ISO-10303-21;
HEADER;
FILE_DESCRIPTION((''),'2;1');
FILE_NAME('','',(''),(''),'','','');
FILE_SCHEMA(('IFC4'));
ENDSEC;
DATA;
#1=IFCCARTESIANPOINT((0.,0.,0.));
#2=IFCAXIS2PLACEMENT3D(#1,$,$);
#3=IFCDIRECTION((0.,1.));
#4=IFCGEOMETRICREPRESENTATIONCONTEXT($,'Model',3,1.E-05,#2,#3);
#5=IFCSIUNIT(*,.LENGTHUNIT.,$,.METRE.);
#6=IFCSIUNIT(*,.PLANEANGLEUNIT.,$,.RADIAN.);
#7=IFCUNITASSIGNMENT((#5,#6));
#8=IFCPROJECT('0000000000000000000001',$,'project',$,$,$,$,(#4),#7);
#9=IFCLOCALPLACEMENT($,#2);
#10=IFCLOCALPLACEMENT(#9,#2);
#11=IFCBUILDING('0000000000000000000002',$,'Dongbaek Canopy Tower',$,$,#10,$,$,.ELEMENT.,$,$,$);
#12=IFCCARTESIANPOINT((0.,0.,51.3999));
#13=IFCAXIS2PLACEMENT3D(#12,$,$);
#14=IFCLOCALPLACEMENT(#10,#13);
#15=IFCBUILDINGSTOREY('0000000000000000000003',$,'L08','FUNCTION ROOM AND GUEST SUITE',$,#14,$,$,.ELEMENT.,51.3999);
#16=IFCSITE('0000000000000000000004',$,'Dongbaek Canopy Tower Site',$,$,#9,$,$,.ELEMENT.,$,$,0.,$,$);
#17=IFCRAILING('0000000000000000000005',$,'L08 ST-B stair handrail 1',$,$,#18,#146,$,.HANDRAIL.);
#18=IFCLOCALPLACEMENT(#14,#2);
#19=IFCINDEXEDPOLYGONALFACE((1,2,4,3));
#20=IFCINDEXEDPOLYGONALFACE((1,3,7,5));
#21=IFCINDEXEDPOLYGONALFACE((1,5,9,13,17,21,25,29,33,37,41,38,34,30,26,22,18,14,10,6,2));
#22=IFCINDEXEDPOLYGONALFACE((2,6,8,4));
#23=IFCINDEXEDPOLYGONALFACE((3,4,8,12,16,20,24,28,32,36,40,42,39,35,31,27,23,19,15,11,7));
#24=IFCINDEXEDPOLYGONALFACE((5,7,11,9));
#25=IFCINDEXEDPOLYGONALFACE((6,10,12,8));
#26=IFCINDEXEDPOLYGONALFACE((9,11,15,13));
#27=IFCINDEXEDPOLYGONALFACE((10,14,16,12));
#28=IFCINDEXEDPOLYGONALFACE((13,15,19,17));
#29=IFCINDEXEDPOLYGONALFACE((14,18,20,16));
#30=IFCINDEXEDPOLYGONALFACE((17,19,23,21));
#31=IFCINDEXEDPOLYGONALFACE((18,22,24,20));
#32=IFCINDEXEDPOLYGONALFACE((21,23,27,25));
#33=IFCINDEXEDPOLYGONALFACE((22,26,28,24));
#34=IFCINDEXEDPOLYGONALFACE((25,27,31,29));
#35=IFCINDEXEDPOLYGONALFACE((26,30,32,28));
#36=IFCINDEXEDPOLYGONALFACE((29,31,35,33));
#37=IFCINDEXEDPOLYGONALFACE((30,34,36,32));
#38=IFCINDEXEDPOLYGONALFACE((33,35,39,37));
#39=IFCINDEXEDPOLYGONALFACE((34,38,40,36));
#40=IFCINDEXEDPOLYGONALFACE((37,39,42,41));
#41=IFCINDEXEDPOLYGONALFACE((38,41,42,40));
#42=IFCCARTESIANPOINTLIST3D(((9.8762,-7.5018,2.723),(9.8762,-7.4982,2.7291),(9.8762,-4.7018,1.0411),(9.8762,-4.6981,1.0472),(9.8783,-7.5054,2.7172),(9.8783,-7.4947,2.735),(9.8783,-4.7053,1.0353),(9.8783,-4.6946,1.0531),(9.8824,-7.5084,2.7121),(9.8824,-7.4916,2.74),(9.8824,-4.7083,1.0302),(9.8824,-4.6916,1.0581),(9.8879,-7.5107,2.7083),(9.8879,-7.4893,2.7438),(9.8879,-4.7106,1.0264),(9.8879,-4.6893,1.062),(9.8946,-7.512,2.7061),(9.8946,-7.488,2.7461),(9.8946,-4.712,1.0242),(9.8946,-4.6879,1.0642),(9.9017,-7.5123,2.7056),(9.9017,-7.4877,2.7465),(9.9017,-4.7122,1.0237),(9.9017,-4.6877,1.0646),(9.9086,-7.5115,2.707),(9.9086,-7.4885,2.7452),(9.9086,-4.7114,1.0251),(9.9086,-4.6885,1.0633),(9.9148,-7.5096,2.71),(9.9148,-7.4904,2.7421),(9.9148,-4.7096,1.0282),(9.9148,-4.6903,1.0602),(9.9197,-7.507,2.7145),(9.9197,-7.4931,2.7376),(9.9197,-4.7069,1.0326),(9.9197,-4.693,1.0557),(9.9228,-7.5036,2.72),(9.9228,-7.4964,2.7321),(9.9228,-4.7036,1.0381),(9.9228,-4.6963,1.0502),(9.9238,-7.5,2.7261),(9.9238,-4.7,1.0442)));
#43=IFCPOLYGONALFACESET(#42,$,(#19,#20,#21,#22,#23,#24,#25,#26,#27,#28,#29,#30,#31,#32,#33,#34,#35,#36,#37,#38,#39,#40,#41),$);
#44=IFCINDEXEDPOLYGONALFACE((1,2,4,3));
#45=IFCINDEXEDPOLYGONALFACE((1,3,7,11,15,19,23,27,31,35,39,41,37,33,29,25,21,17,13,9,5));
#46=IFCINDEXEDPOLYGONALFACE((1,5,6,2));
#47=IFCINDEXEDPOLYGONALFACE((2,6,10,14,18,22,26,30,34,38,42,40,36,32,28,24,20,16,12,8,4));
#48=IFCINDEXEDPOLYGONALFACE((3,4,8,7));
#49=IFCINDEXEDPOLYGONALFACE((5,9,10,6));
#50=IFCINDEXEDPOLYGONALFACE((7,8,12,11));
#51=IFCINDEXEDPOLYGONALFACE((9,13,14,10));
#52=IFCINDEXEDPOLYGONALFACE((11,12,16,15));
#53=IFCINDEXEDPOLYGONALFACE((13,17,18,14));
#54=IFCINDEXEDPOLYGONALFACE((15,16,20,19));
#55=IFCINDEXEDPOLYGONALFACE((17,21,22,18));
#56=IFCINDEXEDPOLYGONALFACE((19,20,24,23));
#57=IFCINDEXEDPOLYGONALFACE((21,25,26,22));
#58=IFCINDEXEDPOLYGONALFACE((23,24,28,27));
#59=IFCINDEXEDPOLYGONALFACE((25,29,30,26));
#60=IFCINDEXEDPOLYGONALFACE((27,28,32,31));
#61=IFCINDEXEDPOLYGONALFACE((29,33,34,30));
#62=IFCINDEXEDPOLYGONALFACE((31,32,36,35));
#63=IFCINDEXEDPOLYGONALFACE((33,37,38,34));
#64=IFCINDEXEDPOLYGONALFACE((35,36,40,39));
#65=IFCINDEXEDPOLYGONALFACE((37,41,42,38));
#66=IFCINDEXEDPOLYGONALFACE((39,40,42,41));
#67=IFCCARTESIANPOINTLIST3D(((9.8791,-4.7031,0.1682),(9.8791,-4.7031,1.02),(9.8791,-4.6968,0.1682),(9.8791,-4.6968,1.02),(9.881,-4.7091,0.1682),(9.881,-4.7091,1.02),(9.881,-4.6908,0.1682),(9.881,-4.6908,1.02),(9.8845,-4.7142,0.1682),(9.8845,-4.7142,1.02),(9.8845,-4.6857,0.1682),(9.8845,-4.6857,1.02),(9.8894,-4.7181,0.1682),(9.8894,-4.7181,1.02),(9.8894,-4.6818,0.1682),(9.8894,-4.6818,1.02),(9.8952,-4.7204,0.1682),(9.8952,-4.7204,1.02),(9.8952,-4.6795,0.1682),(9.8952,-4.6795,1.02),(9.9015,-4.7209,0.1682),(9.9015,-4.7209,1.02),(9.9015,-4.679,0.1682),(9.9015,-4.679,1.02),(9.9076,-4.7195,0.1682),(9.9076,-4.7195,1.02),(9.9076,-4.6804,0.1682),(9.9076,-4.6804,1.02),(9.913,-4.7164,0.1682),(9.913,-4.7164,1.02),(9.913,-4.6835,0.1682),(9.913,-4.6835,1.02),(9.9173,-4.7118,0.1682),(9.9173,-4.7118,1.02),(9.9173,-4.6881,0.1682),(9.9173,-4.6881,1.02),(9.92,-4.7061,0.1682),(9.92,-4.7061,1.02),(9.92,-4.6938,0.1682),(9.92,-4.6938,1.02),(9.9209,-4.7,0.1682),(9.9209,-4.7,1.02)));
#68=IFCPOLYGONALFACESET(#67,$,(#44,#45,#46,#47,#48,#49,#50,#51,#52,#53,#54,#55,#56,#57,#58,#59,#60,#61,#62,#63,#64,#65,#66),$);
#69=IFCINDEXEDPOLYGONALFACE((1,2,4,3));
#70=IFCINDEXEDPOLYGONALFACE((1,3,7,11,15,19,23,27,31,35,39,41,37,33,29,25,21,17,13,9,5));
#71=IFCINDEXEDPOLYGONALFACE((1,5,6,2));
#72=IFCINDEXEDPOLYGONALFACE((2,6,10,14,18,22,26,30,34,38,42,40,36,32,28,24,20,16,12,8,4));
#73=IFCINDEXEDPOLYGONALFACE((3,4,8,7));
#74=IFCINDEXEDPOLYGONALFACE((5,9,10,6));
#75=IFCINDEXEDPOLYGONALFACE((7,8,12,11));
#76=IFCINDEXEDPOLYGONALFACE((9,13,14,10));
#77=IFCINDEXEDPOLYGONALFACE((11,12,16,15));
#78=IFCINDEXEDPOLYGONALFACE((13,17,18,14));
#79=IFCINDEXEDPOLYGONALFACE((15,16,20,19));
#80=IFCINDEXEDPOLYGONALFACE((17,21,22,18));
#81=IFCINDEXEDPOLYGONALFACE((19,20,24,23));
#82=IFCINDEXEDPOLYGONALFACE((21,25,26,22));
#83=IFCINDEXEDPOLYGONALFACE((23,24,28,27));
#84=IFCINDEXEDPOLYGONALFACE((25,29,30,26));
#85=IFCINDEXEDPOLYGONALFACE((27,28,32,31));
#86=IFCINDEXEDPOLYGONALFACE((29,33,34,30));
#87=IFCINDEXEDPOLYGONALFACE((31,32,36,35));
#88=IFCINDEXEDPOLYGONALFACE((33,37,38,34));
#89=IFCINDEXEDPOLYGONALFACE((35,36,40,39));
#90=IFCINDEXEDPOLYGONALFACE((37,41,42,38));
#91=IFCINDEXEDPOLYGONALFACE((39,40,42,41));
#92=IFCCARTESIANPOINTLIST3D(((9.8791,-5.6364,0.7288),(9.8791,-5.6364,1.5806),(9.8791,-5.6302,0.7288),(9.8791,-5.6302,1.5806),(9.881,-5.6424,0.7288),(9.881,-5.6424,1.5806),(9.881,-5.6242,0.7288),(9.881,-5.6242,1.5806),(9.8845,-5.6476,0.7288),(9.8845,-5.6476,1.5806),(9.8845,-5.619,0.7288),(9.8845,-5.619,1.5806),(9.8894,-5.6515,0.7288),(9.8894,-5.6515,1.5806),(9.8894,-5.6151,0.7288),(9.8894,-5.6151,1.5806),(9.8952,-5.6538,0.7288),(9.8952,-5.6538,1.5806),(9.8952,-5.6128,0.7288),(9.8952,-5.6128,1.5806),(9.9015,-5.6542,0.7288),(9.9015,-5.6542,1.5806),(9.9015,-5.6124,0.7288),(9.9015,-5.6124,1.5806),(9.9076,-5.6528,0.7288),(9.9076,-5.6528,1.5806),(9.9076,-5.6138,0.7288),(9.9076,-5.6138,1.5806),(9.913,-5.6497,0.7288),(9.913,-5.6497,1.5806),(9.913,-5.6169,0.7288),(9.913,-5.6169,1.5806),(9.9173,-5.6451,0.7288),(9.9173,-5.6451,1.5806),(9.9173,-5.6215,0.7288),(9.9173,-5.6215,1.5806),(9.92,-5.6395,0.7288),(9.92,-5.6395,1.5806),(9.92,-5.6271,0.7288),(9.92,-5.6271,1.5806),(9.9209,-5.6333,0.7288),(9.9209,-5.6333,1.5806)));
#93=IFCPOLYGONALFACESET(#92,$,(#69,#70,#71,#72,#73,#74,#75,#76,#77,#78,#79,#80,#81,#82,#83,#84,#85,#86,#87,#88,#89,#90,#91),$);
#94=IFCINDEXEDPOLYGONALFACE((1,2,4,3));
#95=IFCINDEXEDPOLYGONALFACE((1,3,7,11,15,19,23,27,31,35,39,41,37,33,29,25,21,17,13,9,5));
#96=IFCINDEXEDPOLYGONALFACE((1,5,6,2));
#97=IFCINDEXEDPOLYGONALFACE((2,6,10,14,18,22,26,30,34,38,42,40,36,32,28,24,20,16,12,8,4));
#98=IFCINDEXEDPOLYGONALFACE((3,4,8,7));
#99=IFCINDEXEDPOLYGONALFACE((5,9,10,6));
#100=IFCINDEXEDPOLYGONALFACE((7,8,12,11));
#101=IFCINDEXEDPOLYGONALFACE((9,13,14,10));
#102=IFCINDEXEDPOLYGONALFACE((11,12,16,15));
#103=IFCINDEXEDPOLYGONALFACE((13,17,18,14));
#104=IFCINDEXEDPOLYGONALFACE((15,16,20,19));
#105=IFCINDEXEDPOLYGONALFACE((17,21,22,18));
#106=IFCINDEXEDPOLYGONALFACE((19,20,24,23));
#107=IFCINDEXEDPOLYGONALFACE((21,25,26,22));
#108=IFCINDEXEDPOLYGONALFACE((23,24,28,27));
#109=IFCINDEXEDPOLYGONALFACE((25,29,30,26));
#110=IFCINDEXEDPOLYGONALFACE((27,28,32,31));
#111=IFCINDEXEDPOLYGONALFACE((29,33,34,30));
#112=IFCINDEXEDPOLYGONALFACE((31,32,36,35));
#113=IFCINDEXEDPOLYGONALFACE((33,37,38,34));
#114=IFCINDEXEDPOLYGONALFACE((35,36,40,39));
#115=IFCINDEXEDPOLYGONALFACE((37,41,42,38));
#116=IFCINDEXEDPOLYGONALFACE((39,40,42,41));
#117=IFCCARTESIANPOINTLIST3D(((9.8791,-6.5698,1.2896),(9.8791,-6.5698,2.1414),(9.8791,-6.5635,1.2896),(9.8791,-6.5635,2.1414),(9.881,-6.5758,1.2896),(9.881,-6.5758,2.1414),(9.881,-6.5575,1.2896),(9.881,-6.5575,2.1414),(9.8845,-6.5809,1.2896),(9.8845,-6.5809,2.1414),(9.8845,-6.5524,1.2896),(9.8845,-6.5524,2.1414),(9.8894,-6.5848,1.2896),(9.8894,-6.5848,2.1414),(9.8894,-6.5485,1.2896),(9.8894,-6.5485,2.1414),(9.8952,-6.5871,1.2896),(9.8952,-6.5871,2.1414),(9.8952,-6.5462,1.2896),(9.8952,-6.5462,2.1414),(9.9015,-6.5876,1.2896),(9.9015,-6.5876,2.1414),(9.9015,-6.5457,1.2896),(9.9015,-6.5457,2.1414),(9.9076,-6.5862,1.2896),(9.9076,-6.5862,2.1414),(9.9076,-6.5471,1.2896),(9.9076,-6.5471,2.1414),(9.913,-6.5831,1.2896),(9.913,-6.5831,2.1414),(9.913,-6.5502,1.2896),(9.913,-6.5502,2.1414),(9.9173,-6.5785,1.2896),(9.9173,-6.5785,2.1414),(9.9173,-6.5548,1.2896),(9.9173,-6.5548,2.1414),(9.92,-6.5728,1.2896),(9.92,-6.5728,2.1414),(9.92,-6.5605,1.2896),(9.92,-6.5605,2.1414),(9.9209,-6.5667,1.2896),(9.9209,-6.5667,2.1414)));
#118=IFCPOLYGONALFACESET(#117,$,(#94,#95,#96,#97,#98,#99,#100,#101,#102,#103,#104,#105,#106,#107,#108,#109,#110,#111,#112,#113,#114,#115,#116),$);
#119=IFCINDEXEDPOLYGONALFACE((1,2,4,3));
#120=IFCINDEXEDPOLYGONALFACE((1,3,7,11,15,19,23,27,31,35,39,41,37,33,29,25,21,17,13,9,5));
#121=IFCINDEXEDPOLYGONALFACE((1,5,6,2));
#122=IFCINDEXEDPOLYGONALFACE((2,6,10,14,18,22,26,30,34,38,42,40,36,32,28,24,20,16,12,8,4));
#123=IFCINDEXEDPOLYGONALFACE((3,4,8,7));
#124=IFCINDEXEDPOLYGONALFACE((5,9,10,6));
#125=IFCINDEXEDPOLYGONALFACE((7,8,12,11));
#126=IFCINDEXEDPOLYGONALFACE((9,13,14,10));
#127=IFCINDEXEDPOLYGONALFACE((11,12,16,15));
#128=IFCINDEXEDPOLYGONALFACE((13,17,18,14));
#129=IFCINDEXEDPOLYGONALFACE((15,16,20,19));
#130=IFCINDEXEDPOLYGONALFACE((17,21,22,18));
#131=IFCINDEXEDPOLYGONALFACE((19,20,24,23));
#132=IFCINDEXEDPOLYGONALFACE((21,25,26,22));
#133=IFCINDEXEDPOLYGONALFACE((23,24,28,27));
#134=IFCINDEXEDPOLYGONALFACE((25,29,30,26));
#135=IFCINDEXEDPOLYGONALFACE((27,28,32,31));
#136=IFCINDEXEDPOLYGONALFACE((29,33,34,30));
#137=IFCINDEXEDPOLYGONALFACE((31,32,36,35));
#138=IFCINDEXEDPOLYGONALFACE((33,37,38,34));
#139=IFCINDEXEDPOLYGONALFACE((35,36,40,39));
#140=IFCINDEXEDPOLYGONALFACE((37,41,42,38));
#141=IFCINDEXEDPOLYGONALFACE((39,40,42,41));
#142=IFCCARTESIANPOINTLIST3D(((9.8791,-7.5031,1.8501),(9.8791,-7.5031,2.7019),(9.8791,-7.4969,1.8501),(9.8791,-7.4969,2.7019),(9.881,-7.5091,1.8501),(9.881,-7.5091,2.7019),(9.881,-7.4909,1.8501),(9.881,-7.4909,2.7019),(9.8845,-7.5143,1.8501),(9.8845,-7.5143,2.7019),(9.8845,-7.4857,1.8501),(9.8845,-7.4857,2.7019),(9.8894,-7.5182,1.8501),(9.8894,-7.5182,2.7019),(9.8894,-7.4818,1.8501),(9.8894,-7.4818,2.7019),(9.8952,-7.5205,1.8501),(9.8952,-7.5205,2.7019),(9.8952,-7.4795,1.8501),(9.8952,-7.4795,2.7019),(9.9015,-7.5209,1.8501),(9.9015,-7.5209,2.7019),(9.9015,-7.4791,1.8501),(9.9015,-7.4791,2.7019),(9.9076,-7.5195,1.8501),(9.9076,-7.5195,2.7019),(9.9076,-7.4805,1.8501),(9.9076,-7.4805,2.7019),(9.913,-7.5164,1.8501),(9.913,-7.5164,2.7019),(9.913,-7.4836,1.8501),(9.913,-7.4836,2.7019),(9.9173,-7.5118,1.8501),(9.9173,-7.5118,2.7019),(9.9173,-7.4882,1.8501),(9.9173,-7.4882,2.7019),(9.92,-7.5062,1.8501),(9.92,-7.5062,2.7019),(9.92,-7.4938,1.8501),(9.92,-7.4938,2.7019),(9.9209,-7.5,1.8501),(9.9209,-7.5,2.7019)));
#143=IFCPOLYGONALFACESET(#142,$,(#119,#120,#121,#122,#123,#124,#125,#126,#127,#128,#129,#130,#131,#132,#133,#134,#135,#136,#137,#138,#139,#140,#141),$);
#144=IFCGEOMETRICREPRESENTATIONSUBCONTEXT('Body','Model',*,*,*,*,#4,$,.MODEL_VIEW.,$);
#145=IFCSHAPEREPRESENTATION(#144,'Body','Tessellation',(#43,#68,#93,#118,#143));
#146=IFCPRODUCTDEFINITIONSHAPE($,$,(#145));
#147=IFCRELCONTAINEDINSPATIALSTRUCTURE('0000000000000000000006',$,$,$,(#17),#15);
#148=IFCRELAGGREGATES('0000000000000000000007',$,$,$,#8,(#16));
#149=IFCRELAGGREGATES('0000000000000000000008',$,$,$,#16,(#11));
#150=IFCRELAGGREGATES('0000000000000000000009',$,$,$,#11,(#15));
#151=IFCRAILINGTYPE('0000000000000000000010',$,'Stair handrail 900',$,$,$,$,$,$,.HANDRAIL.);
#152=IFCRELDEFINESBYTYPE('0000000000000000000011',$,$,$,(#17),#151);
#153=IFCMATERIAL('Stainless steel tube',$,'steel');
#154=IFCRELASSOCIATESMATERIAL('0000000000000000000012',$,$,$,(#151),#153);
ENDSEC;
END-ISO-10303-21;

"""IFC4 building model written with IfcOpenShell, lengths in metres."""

from ifc_helpers import new_model, si_unit, direction, frame, origin, origin_2d, place, context, subcontext, project, spatial, circle, extrude, material, type_object, element, save


model = new_model("IFC4")

# Units and contexts
model_context = context("Model", 3, precision=1e-05, world=origin(), true_north=direction((0.0, 1.0)))
body_context = subcontext(model_context, "Body", "Model", "MODEL_VIEW")
ifc_project = project(units=[si_unit("LENGTHUNIT", "METRE"), si_unit("PLANEANGLEUNIT", "RADIAN")], contexts=[model_context])

# Site, building, storey
site_placement = place(None, origin())
site = spatial("IfcSite", under=ifc_project, at=site_placement, Name="Dongbaek Canopy Tower Site", CompositionType="ELEMENT", RefElevation=0.0)
building_placement = place(site_placement, origin())
building = spatial("IfcBuilding", under=site, at=building_placement, Name="Dongbaek Canopy Tower", CompositionType="ELEMENT")
storey_placement = place(building_placement, frame((0.0, 0.0, 51.3999)))
storey = spatial("IfcBuildingStorey", under=building, at=storey_placement, Name="L08", Description="FUNCTION ROOM AND GUEST SUITE", CompositionType="ELEMENT", Elevation=51.3999)

# Railing
ifc_material_1 = material(Name="Stainless steel tube", Category="steel")
railing_type_1 = type_object("IfcRailingType", Name="Stair handrail 900", PredefinedType="HANDRAIL", material=ifc_material_1)
railing_1_placement = place(storey_placement, frame((9.8999, -4.7, 0.1682)))
element("IfcRailing", 1, at=railing_1_placement, inside=storey, type_object=railing_type_1, Name="L08 ST-B stair handrail 1", PredefinedType="HANDRAIL", context=body_context, shape_type="SweptSolid", body=[
    extrude(circle(Radius=0.0239, at=origin_2d()), frame((0.0, 0.0, 0.876), z_axis=(0.0, -0.857242, 0.514913), x_axis=(1.0, 0.0, 0.0)), (0.0, 0.0, 1.0), 3.2664),
    extrude(circle(Radius=0.021, at=origin_2d()), origin(), (0.0, 0.0, 1.0), 0.8518),
    extrude(circle(Radius=0.021, at=origin_2d()), frame((0.0, -0.9333, 0.5605)), (0.0, 0.0, 1.0), 0.8518),
    extrude(circle(Radius=0.021, at=origin_2d()), frame((0.0, -1.8667, 1.1213)), (0.0, 0.0, 1.0), 0.8518),
    extrude(circle(Radius=0.021, at=origin_2d()), frame((0.0, -2.8, 1.6819)), (0.0, 0.0, 1.0), 0.8518),
])

save(model, "model.ifc")
